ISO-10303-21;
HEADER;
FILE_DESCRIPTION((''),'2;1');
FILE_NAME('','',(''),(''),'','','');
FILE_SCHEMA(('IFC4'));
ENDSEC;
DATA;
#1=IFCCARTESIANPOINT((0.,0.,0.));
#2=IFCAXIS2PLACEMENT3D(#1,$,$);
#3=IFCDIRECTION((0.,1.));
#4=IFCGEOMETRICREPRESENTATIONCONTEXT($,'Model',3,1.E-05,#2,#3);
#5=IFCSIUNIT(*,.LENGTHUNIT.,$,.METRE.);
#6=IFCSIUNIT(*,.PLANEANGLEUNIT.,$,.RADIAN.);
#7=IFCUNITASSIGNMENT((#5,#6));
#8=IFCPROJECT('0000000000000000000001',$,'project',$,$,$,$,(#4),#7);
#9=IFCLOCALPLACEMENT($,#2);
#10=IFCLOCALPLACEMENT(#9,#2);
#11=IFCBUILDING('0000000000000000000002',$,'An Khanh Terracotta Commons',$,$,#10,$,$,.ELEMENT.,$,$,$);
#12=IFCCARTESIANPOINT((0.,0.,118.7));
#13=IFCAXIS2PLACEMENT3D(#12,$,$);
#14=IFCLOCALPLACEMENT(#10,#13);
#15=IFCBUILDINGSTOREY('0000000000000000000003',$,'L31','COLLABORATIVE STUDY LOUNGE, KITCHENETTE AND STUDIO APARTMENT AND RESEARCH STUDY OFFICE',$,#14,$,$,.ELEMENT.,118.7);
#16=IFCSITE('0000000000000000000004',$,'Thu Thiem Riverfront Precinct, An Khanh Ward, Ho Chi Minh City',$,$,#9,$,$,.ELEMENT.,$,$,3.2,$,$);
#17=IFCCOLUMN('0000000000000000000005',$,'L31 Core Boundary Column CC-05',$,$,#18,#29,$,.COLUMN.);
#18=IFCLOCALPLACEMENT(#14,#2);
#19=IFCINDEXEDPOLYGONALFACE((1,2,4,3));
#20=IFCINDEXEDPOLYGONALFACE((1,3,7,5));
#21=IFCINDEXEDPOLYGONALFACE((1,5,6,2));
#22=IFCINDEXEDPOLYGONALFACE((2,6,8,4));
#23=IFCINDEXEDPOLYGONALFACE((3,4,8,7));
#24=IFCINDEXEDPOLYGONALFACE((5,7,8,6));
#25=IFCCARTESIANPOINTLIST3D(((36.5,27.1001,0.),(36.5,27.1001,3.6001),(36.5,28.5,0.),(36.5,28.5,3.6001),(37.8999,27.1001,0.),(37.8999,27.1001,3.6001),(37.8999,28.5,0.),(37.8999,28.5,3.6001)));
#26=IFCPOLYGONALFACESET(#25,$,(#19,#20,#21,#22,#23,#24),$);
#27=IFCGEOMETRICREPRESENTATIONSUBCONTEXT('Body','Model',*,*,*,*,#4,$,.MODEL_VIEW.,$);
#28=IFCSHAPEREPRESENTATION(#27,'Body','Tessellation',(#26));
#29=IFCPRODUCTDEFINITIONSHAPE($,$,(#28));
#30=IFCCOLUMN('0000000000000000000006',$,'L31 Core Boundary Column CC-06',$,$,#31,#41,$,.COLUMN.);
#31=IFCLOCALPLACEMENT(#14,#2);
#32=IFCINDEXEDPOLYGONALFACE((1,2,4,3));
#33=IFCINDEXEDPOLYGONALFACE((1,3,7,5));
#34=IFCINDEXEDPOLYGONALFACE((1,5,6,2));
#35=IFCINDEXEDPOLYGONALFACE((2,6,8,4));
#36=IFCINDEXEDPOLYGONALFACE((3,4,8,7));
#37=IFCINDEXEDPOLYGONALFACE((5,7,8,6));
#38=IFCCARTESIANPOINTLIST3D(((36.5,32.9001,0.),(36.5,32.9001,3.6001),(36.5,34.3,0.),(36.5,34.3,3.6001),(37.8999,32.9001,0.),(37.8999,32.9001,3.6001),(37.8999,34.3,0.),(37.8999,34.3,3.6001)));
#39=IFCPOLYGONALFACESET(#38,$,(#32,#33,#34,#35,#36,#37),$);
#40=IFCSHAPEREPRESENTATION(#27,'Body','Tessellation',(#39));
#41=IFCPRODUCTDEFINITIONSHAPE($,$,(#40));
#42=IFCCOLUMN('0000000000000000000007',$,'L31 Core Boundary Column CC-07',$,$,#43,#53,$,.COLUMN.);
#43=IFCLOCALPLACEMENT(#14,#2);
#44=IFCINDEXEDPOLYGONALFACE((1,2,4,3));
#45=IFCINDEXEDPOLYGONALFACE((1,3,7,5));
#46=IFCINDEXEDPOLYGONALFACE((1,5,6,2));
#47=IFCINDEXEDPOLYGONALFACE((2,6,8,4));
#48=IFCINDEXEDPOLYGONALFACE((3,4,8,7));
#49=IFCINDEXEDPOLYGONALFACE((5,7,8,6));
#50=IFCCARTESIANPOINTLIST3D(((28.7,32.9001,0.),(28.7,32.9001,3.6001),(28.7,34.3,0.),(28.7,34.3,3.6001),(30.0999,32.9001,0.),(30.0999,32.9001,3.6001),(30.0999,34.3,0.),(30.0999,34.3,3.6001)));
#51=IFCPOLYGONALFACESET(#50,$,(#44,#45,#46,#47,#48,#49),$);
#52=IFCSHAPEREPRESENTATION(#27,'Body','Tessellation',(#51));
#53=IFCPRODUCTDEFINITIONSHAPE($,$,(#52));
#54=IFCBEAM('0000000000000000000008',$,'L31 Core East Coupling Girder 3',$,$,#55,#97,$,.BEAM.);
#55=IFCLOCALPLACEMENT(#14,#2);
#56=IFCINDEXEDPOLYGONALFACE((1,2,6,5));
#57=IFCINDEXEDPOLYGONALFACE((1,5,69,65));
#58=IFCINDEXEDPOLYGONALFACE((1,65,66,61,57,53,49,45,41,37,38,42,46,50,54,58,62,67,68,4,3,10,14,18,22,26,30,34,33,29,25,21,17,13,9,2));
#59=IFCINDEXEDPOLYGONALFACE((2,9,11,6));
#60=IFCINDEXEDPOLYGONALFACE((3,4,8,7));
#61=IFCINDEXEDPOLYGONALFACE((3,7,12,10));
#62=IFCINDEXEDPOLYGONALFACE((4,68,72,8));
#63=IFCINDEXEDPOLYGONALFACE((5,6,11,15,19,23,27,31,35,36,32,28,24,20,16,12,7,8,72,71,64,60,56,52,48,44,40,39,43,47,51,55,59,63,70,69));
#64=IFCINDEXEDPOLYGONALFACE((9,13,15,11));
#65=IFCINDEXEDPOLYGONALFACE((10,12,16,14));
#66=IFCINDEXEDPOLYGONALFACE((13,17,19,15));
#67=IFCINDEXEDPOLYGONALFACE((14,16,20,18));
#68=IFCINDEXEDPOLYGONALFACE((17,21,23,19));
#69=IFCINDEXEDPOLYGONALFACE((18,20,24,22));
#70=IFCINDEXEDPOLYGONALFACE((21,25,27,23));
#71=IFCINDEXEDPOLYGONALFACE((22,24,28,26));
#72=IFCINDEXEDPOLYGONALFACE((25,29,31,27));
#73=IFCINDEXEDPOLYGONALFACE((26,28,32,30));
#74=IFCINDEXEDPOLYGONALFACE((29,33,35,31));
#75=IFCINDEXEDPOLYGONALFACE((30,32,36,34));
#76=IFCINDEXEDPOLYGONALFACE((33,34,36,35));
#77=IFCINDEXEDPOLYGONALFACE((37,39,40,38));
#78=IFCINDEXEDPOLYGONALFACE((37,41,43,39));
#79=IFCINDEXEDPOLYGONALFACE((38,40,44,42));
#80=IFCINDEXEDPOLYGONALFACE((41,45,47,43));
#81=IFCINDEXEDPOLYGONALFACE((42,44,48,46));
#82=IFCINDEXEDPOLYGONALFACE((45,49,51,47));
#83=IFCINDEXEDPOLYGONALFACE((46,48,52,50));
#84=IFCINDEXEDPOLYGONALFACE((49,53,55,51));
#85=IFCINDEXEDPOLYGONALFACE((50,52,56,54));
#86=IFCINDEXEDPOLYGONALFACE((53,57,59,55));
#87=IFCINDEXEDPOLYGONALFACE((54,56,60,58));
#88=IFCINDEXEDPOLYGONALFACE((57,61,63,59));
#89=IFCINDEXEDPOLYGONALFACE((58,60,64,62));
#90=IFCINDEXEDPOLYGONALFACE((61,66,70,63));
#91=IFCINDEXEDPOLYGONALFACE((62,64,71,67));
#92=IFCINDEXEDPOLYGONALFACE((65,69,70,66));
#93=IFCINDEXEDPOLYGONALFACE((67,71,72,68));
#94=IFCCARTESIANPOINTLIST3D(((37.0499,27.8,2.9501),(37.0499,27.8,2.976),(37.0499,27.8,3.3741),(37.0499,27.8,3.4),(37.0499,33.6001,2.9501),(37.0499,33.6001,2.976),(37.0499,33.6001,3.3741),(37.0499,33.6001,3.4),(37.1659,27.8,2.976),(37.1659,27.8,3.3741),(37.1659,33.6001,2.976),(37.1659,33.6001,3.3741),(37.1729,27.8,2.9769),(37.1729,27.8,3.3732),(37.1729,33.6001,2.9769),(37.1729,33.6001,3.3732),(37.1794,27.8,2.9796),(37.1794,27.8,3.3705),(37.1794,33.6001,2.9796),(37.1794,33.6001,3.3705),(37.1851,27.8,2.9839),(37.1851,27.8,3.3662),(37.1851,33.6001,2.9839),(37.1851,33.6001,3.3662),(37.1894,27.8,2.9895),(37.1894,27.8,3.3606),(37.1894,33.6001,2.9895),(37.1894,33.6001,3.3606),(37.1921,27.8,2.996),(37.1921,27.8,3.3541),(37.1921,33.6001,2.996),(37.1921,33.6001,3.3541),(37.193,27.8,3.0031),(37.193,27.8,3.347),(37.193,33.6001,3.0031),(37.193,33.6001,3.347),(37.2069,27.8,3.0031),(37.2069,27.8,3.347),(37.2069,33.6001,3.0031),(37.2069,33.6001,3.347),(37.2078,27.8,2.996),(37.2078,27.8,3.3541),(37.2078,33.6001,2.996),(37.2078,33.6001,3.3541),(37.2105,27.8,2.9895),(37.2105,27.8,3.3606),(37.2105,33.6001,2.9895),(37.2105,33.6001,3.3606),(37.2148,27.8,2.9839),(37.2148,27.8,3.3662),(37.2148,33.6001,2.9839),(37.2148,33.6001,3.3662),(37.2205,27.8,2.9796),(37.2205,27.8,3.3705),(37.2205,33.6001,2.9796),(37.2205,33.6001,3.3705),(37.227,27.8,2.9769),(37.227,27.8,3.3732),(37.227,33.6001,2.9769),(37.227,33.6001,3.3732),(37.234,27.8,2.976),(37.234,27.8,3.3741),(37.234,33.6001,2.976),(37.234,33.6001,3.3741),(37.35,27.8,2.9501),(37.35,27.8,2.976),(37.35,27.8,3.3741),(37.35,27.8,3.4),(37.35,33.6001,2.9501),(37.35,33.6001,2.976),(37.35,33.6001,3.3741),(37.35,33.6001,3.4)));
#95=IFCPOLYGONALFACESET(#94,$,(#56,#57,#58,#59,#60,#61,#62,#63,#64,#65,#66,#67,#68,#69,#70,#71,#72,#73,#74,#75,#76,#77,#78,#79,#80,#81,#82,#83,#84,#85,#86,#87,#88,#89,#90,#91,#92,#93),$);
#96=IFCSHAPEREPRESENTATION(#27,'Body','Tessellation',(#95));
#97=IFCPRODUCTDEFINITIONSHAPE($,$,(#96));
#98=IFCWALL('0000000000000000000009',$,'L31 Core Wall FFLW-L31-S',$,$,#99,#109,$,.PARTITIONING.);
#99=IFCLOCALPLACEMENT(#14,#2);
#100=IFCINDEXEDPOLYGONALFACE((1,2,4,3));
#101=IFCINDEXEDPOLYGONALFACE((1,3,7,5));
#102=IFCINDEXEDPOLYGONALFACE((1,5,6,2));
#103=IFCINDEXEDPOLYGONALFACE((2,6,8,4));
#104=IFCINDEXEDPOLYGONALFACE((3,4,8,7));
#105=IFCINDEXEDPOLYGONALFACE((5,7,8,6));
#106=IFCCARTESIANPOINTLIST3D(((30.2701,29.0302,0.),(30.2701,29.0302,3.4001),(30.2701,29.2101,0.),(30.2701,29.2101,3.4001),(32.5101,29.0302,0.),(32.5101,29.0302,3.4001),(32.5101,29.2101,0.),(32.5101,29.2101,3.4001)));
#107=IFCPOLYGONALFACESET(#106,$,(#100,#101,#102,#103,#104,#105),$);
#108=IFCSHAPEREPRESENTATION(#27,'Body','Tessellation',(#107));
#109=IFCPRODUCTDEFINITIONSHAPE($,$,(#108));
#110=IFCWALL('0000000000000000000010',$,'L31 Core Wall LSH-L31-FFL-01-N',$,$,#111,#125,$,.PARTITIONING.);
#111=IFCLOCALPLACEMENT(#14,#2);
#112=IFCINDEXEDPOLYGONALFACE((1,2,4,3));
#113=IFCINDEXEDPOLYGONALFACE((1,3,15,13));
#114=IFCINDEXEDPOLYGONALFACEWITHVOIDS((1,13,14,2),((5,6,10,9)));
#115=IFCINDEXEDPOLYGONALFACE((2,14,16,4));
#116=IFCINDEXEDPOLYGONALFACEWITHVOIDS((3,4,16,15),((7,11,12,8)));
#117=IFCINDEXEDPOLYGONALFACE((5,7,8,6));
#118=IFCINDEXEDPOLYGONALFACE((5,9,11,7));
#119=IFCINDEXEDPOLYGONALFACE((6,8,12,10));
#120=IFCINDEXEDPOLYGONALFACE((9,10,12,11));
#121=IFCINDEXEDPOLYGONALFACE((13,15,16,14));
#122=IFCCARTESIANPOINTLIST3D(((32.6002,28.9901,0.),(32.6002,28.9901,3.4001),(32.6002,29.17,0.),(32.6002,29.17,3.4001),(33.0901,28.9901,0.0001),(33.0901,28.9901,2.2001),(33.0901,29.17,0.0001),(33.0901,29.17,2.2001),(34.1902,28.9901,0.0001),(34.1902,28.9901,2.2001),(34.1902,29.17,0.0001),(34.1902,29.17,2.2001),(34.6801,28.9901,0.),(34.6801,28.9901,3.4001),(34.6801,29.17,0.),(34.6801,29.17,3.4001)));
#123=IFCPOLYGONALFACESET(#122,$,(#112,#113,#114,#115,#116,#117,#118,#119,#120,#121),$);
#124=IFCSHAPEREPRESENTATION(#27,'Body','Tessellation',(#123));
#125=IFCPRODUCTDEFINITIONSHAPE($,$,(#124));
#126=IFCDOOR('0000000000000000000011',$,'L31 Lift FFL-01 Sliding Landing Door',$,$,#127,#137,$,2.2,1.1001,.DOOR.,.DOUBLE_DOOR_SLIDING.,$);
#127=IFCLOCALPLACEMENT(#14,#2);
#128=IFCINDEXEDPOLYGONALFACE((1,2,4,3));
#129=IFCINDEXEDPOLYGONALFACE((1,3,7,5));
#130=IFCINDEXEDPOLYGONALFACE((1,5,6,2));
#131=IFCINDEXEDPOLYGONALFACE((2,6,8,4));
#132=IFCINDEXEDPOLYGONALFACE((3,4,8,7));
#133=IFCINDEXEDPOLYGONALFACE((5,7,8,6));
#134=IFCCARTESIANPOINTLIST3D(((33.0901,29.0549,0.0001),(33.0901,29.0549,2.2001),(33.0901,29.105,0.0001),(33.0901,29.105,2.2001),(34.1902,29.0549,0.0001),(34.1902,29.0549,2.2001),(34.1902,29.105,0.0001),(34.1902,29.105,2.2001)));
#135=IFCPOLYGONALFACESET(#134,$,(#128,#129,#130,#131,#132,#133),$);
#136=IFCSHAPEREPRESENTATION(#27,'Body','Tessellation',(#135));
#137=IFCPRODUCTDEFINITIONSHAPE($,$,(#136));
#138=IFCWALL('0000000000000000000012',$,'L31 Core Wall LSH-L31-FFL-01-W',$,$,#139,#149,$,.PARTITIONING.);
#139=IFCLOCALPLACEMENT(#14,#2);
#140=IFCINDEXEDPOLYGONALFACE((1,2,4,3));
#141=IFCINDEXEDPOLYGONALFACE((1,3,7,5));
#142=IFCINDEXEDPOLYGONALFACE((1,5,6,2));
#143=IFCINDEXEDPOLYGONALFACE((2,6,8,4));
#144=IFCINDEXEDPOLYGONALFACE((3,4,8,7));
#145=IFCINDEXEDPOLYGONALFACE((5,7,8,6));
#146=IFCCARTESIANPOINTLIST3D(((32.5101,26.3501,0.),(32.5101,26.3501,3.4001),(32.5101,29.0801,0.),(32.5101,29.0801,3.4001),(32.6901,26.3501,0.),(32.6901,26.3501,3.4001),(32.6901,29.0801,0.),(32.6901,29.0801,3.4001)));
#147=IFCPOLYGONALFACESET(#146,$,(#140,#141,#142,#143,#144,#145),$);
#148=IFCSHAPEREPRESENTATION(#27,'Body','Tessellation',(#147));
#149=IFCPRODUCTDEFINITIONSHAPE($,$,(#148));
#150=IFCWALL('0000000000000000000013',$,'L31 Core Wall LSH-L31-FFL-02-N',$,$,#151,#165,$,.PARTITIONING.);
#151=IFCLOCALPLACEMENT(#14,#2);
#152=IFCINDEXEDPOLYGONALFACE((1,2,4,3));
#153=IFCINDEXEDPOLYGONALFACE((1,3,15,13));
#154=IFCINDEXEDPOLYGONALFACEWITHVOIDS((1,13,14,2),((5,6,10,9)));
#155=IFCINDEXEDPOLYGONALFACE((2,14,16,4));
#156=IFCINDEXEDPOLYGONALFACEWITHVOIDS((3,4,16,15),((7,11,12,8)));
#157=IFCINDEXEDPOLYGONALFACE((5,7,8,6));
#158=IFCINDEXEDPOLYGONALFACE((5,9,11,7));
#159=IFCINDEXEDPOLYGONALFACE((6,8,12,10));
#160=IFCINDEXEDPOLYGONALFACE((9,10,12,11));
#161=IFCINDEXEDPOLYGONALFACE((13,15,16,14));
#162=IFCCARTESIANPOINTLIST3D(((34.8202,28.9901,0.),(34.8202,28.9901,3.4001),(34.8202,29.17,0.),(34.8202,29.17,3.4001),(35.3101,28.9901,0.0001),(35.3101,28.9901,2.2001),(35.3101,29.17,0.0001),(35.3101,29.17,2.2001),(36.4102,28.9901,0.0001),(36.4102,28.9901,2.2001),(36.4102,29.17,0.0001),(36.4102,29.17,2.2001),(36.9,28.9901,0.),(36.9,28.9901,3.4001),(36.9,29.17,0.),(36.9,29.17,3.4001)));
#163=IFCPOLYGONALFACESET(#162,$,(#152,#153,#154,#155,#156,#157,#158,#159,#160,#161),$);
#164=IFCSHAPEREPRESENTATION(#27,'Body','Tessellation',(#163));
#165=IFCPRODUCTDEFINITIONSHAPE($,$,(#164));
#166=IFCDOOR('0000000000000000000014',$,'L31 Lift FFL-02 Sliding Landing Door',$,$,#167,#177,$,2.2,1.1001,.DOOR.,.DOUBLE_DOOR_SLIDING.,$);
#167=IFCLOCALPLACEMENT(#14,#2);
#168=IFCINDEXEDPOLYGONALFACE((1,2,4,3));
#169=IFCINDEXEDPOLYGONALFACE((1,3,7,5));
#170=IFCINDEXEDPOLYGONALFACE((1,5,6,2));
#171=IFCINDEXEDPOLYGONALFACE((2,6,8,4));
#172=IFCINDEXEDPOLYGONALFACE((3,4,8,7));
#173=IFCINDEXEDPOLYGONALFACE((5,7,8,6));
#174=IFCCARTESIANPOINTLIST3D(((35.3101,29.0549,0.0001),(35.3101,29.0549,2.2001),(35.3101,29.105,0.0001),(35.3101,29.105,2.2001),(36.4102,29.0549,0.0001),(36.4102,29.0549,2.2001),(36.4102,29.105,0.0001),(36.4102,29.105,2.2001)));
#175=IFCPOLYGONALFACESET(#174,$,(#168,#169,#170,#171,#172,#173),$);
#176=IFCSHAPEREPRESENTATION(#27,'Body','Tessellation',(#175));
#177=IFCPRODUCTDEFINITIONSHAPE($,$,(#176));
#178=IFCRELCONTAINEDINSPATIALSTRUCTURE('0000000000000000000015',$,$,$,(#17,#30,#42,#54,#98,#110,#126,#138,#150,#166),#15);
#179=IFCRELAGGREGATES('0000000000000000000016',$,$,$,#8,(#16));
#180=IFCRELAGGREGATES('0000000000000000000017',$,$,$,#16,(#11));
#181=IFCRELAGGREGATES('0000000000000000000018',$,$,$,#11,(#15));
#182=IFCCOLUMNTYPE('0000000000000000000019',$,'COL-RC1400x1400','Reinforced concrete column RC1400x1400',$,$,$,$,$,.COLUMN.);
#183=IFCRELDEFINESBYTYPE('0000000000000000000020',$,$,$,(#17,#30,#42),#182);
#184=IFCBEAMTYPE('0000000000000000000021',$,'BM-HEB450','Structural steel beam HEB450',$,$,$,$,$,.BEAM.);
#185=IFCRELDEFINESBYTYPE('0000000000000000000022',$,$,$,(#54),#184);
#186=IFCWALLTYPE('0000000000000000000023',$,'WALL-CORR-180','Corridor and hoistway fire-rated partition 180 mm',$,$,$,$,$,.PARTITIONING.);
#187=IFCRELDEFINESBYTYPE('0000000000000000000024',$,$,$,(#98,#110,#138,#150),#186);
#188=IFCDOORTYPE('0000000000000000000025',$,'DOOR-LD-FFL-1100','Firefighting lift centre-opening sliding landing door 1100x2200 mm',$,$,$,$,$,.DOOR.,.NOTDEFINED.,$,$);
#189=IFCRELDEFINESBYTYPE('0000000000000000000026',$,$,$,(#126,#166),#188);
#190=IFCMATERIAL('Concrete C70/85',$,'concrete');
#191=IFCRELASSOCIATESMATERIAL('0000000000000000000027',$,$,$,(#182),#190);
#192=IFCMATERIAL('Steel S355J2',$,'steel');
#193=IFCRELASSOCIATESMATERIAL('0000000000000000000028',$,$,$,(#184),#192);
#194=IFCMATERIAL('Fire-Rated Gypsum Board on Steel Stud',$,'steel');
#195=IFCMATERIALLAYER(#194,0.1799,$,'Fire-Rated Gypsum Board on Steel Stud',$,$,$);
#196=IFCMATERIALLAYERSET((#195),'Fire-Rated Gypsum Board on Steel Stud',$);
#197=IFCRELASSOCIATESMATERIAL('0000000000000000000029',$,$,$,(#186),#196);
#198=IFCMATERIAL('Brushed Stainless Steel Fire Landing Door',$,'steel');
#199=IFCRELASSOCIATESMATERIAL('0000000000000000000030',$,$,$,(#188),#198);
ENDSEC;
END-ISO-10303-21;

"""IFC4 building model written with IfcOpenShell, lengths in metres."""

from ifc_helpers import new_model, si_unit, direction, frame, frame_2d, origin, origin_2d, place, context, subcontext, project, spatial, rectangle, i_section, extrude, material, layer, layer_set, material_profile, profile_set, type_object, element, fill, save


model = new_model("IFC4")

# Units and contexts
model_context = context("Model", 3, precision=1e-05, world=origin(), true_north=direction((0.0, 1.0)))
body_context = subcontext(model_context, "Body", "Model", "MODEL_VIEW")
ifc_project = project(units=[si_unit("LENGTHUNIT", "METRE"), si_unit("PLANEANGLEUNIT", "RADIAN")], contexts=[model_context])

# Site, building, storey
site_placement = place(None, origin())
site = spatial("IfcSite", under=ifc_project, at=site_placement, Name="Thu Thiem Riverfront Precinct, An Khanh Ward, Ho Chi Minh City", CompositionType="ELEMENT", RefElevation=3.2)
building_placement = place(site_placement, origin())
building = spatial("IfcBuilding", under=site, at=building_placement, Name="An Khanh Terracotta Commons", CompositionType="ELEMENT")
storey_placement = place(building_placement, frame((0.0, 0.0, 118.7)))
storey = spatial("IfcBuildingStorey", under=building, at=storey_placement, Name="L31", Description="COLLABORATIVE STUDY LOUNGE, KITCHENETTE AND STUDIO APARTMENT AND RESEARCH STUDY OFFICE", CompositionType="ELEMENT", Elevation=118.7)

# Columns
ifc_material_1 = material(Name="Concrete C70/85", Category="concrete")
ifc_material_profile_1 = material_profile(ifc_material_1, rectangle(XDim=1.3999, YDim=1.3999, at=origin_2d()), Name="RC1400x1400")
ifc_profile_set_1 = profile_set([ifc_material_profile_1], Name="Concrete C70/85")
column_type = type_object("IfcColumnType", Name="COL-RC1400x1400", Description="Reinforced concrete column RC1400x1400", PredefinedType="COLUMN", material=ifc_profile_set_1)
for number, where, z_axis, x_axis, name in (
    (1, (37.2, 27.8, 0.0), (0.0, 0.0, 1.0), (1.0, 0.0, 0.0), "L31 Core Boundary Column CC-05"),
    (2, (37.2, 33.6001, 0.0), (0.0, 0.0, 1.0), (1.0, 0.0, 0.0), "L31 Core Boundary Column CC-06"),
    (3, (29.3999, 33.6001, 0.0), (0.0, 0.0, 1.0), (1.0, 0.0, 0.0), "L31 Core Boundary Column CC-07"),
):
    element("IfcColumn", number, at=place(storey_placement, frame(where, z_axis=z_axis, x_axis=x_axis)), inside=storey, type_object=column_type, Name=name, PredefinedType="COLUMN", context=body_context, shape_type="SweptSolid", body=[
        extrude(rectangle(XDim=1.3999, YDim=1.3999, at=origin_2d()), origin(), (0.0, 0.0, 1.0), 3.6001),
    ])

# Beam
ifc_material_2 = material(Name="Steel S355J2", Category="steel")
ifc_material_profile_2 = material_profile(ifc_material_2, i_section(OverallWidth=0.3, OverallDepth=0.45, WebThickness=0.0139, FlangeThickness=0.0259, FilletRadius=0.0271, at=origin_2d()), Name="HEB450")
ifc_profile_set_2 = profile_set([ifc_material_profile_2], Name="Steel S355J2")
beam_type = type_object("IfcBeamType", Name="BM-HEB450", Description="Structural steel beam HEB450", PredefinedType="BEAM", material=ifc_profile_set_2)
beam_placement = place(storey_placement, frame((37.2, 27.8, 3.175), z_axis=(0.0, 1.0, 0.0), x_axis=(-1.0, 0.0, 0.0)))
element("IfcBeam", 4, at=beam_placement, inside=storey, type_object=beam_type, Name="L31 Core East Coupling Girder 3", PredefinedType="BEAM", context=body_context, shape_type="SweptSolid", body=[
    extrude(i_section(OverallWidth=0.3, OverallDepth=0.45, WebThickness=0.0139, FlangeThickness=0.0259, FilletRadius=0.0271, at=origin_2d()), origin(), (0.0, 0.0, 1.0), 5.8),
])

# Wall
ifc_material_3 = material(Name="Fire-Rated Gypsum Board on Steel Stud", Category="steel")
ifc_layer_1 = layer(ifc_material_3, 0.1799, Name="Fire-Rated Gypsum Board on Steel Stud")
ifc_layer_set_1 = layer_set([ifc_layer_1], Name="Fire-Rated Gypsum Board on Steel Stud")
wall_type_1 = type_object("IfcWallType", Name="WALL-CORR-180", Description="Corridor and hoistway fire-rated partition 180 mm", PredefinedType="PARTITIONING", material=ifc_layer_set_1)
wall_1_placement = place(storey_placement, frame((30.27, 29.1201, 0.0), z_axis=(0.0, 0.0, 1.0), x_axis=(1.0, 0.0, 0.0)))
element("IfcWall", 5, at=wall_1_placement, inside=storey, type_object=wall_type_1, Name="L31 Core Wall FFLW-L31-S", PredefinedType="PARTITIONING", context=body_context, shape_type="SweptSolid", body=[
    extrude(rectangle(XDim=2.24, YDim=0.1799, at=frame_2d((1.1201, 0.0))), origin(), (0.0, 0.0, 1.0), 3.4001),
])

# Wall, opening, door
wall_2_placement = place(storey_placement, frame((32.6001, 29.0801, 0.0), z_axis=(0.0, 0.0, 1.0), x_axis=(1.0, 0.0, 0.0)))
wall_2 = element("IfcWall", 6, at=wall_2_placement, inside=storey, type_object=wall_type_1, Name="L31 Core Wall LSH-L31-FFL-01-N", PredefinedType="PARTITIONING", context=body_context, shape_type="SweptSolid", body=[
    extrude(rectangle(XDim=2.0798, YDim=0.1799, at=frame_2d((1.04, 0.0))), origin(), (0.0, 0.0, 1.0), 3.4001),
])
opening_1_placement = place(wall_2_placement, frame((0.49, 0.0, 0.0)))
opening_1 = element("IfcOpeningElement", 7, at=opening_1_placement, cuts=wall_2, PredefinedType="OPENING", context=body_context, shape_type="SweptSolid", body=[
    extrude(rectangle(XDim=1.1001, YDim=2.2, at=frame_2d((0.55, 1.1001))), frame((0.0, 0.0999, 0.0), z_axis=(0.0, -1.0, 0.0), x_axis=(1.0, 0.0, 0.0)), (0.0, 0.0, 1.0), 0.2),
])
ifc_material_4 = material(Name="Brushed Stainless Steel Fire Landing Door", Category="steel")
door_type_1 = type_object("IfcDoorType", Name="DOOR-LD-FFL-1100", Description="Firefighting lift centre-opening sliding landing door 1100x2200 mm", OperationType="NOTDEFINED", PredefinedType="DOOR", material=ifc_material_4)
door_1_placement = place(opening_1_placement, origin())
door_1 = element("IfcDoor", 8, at=door_1_placement, inside=storey, type_object=door_type_1, Name="L31 Lift FFL-01 Sliding Landing Door", OperationType="DOUBLE_DOOR_SLIDING", OverallHeight=2.2, OverallWidth=1.1001, PredefinedType="DOOR", context=body_context, shape_type="SweptSolid", body=[
    extrude(rectangle(XDim=1.1001, YDim=2.2, at=frame_2d((0.55, 1.1001))), frame((0.0, 0.0249, 0.0), z_axis=(0.0, -1.0, 0.0), x_axis=(1.0, 0.0, 0.0)), (0.0, 0.0, 1.0), 0.05),
])
fill(opening_1, door_1)

# Wall
wall_3_placement = place(storey_placement, frame((32.6001, 29.0801, 0.0), z_axis=(0.0, 0.0, 1.0), x_axis=(0.0, -1.0, 0.0)))
element("IfcWall", 9, at=wall_3_placement, inside=storey, type_object=wall_type_1, Name="L31 Core Wall LSH-L31-FFL-01-W", PredefinedType="PARTITIONING", context=body_context, shape_type="SweptSolid", body=[
    extrude(rectangle(XDim=2.73, YDim=0.1799, at=frame_2d((1.365, 0.0))), origin(), (0.0, 0.0, 1.0), 3.4001),
])

# Wall, opening, door
wall_4_placement = place(storey_placement, frame((34.8201, 29.0801, 0.0), z_axis=(0.0, 0.0, 1.0), x_axis=(1.0, 0.0, 0.0)))
wall_4 = element("IfcWall", 10, at=wall_4_placement, inside=storey, type_object=wall_type_1, Name="L31 Core Wall LSH-L31-FFL-02-N", PredefinedType="PARTITIONING", context=body_context, shape_type="SweptSolid", body=[
    extrude(rectangle(XDim=2.0798, YDim=0.1799, at=frame_2d((1.04, 0.0))), origin(), (0.0, 0.0, 1.0), 3.4001),
])
opening_2_placement = place(wall_4_placement, frame((0.49, 0.0, 0.0)))
opening_2 = element("IfcOpeningElement", 11, at=opening_2_placement, cuts=wall_4, PredefinedType="OPENING", context=body_context, shape_type="SweptSolid", body=[
    extrude(rectangle(XDim=1.1001, YDim=2.2, at=frame_2d((0.55, 1.1001))), frame((0.0, 0.0999, 0.0), z_axis=(0.0, -1.0, 0.0), x_axis=(1.0, 0.0, 0.0)), (0.0, 0.0, 1.0), 0.2),
])
door_2_placement = place(opening_2_placement, origin())
door_2 = element("IfcDoor", 12, at=door_2_placement, inside=storey, type_object=door_type_1, Name="L31 Lift FFL-02 Sliding Landing Door", OperationType="DOUBLE_DOOR_SLIDING", OverallHeight=2.2, OverallWidth=1.1001, PredefinedType="DOOR", context=body_context, shape_type="SweptSolid", body=[
    extrude(rectangle(XDim=1.1001, YDim=2.2, at=frame_2d((0.55, 1.1001))), frame((0.0, 0.0249, 0.0), z_axis=(0.0, -1.0, 0.0), x_axis=(1.0, 0.0, 0.0)), (0.0, 0.0, 1.0), 0.05),
])
fill(opening_2, door_2)

save(model, "model.ifc")
